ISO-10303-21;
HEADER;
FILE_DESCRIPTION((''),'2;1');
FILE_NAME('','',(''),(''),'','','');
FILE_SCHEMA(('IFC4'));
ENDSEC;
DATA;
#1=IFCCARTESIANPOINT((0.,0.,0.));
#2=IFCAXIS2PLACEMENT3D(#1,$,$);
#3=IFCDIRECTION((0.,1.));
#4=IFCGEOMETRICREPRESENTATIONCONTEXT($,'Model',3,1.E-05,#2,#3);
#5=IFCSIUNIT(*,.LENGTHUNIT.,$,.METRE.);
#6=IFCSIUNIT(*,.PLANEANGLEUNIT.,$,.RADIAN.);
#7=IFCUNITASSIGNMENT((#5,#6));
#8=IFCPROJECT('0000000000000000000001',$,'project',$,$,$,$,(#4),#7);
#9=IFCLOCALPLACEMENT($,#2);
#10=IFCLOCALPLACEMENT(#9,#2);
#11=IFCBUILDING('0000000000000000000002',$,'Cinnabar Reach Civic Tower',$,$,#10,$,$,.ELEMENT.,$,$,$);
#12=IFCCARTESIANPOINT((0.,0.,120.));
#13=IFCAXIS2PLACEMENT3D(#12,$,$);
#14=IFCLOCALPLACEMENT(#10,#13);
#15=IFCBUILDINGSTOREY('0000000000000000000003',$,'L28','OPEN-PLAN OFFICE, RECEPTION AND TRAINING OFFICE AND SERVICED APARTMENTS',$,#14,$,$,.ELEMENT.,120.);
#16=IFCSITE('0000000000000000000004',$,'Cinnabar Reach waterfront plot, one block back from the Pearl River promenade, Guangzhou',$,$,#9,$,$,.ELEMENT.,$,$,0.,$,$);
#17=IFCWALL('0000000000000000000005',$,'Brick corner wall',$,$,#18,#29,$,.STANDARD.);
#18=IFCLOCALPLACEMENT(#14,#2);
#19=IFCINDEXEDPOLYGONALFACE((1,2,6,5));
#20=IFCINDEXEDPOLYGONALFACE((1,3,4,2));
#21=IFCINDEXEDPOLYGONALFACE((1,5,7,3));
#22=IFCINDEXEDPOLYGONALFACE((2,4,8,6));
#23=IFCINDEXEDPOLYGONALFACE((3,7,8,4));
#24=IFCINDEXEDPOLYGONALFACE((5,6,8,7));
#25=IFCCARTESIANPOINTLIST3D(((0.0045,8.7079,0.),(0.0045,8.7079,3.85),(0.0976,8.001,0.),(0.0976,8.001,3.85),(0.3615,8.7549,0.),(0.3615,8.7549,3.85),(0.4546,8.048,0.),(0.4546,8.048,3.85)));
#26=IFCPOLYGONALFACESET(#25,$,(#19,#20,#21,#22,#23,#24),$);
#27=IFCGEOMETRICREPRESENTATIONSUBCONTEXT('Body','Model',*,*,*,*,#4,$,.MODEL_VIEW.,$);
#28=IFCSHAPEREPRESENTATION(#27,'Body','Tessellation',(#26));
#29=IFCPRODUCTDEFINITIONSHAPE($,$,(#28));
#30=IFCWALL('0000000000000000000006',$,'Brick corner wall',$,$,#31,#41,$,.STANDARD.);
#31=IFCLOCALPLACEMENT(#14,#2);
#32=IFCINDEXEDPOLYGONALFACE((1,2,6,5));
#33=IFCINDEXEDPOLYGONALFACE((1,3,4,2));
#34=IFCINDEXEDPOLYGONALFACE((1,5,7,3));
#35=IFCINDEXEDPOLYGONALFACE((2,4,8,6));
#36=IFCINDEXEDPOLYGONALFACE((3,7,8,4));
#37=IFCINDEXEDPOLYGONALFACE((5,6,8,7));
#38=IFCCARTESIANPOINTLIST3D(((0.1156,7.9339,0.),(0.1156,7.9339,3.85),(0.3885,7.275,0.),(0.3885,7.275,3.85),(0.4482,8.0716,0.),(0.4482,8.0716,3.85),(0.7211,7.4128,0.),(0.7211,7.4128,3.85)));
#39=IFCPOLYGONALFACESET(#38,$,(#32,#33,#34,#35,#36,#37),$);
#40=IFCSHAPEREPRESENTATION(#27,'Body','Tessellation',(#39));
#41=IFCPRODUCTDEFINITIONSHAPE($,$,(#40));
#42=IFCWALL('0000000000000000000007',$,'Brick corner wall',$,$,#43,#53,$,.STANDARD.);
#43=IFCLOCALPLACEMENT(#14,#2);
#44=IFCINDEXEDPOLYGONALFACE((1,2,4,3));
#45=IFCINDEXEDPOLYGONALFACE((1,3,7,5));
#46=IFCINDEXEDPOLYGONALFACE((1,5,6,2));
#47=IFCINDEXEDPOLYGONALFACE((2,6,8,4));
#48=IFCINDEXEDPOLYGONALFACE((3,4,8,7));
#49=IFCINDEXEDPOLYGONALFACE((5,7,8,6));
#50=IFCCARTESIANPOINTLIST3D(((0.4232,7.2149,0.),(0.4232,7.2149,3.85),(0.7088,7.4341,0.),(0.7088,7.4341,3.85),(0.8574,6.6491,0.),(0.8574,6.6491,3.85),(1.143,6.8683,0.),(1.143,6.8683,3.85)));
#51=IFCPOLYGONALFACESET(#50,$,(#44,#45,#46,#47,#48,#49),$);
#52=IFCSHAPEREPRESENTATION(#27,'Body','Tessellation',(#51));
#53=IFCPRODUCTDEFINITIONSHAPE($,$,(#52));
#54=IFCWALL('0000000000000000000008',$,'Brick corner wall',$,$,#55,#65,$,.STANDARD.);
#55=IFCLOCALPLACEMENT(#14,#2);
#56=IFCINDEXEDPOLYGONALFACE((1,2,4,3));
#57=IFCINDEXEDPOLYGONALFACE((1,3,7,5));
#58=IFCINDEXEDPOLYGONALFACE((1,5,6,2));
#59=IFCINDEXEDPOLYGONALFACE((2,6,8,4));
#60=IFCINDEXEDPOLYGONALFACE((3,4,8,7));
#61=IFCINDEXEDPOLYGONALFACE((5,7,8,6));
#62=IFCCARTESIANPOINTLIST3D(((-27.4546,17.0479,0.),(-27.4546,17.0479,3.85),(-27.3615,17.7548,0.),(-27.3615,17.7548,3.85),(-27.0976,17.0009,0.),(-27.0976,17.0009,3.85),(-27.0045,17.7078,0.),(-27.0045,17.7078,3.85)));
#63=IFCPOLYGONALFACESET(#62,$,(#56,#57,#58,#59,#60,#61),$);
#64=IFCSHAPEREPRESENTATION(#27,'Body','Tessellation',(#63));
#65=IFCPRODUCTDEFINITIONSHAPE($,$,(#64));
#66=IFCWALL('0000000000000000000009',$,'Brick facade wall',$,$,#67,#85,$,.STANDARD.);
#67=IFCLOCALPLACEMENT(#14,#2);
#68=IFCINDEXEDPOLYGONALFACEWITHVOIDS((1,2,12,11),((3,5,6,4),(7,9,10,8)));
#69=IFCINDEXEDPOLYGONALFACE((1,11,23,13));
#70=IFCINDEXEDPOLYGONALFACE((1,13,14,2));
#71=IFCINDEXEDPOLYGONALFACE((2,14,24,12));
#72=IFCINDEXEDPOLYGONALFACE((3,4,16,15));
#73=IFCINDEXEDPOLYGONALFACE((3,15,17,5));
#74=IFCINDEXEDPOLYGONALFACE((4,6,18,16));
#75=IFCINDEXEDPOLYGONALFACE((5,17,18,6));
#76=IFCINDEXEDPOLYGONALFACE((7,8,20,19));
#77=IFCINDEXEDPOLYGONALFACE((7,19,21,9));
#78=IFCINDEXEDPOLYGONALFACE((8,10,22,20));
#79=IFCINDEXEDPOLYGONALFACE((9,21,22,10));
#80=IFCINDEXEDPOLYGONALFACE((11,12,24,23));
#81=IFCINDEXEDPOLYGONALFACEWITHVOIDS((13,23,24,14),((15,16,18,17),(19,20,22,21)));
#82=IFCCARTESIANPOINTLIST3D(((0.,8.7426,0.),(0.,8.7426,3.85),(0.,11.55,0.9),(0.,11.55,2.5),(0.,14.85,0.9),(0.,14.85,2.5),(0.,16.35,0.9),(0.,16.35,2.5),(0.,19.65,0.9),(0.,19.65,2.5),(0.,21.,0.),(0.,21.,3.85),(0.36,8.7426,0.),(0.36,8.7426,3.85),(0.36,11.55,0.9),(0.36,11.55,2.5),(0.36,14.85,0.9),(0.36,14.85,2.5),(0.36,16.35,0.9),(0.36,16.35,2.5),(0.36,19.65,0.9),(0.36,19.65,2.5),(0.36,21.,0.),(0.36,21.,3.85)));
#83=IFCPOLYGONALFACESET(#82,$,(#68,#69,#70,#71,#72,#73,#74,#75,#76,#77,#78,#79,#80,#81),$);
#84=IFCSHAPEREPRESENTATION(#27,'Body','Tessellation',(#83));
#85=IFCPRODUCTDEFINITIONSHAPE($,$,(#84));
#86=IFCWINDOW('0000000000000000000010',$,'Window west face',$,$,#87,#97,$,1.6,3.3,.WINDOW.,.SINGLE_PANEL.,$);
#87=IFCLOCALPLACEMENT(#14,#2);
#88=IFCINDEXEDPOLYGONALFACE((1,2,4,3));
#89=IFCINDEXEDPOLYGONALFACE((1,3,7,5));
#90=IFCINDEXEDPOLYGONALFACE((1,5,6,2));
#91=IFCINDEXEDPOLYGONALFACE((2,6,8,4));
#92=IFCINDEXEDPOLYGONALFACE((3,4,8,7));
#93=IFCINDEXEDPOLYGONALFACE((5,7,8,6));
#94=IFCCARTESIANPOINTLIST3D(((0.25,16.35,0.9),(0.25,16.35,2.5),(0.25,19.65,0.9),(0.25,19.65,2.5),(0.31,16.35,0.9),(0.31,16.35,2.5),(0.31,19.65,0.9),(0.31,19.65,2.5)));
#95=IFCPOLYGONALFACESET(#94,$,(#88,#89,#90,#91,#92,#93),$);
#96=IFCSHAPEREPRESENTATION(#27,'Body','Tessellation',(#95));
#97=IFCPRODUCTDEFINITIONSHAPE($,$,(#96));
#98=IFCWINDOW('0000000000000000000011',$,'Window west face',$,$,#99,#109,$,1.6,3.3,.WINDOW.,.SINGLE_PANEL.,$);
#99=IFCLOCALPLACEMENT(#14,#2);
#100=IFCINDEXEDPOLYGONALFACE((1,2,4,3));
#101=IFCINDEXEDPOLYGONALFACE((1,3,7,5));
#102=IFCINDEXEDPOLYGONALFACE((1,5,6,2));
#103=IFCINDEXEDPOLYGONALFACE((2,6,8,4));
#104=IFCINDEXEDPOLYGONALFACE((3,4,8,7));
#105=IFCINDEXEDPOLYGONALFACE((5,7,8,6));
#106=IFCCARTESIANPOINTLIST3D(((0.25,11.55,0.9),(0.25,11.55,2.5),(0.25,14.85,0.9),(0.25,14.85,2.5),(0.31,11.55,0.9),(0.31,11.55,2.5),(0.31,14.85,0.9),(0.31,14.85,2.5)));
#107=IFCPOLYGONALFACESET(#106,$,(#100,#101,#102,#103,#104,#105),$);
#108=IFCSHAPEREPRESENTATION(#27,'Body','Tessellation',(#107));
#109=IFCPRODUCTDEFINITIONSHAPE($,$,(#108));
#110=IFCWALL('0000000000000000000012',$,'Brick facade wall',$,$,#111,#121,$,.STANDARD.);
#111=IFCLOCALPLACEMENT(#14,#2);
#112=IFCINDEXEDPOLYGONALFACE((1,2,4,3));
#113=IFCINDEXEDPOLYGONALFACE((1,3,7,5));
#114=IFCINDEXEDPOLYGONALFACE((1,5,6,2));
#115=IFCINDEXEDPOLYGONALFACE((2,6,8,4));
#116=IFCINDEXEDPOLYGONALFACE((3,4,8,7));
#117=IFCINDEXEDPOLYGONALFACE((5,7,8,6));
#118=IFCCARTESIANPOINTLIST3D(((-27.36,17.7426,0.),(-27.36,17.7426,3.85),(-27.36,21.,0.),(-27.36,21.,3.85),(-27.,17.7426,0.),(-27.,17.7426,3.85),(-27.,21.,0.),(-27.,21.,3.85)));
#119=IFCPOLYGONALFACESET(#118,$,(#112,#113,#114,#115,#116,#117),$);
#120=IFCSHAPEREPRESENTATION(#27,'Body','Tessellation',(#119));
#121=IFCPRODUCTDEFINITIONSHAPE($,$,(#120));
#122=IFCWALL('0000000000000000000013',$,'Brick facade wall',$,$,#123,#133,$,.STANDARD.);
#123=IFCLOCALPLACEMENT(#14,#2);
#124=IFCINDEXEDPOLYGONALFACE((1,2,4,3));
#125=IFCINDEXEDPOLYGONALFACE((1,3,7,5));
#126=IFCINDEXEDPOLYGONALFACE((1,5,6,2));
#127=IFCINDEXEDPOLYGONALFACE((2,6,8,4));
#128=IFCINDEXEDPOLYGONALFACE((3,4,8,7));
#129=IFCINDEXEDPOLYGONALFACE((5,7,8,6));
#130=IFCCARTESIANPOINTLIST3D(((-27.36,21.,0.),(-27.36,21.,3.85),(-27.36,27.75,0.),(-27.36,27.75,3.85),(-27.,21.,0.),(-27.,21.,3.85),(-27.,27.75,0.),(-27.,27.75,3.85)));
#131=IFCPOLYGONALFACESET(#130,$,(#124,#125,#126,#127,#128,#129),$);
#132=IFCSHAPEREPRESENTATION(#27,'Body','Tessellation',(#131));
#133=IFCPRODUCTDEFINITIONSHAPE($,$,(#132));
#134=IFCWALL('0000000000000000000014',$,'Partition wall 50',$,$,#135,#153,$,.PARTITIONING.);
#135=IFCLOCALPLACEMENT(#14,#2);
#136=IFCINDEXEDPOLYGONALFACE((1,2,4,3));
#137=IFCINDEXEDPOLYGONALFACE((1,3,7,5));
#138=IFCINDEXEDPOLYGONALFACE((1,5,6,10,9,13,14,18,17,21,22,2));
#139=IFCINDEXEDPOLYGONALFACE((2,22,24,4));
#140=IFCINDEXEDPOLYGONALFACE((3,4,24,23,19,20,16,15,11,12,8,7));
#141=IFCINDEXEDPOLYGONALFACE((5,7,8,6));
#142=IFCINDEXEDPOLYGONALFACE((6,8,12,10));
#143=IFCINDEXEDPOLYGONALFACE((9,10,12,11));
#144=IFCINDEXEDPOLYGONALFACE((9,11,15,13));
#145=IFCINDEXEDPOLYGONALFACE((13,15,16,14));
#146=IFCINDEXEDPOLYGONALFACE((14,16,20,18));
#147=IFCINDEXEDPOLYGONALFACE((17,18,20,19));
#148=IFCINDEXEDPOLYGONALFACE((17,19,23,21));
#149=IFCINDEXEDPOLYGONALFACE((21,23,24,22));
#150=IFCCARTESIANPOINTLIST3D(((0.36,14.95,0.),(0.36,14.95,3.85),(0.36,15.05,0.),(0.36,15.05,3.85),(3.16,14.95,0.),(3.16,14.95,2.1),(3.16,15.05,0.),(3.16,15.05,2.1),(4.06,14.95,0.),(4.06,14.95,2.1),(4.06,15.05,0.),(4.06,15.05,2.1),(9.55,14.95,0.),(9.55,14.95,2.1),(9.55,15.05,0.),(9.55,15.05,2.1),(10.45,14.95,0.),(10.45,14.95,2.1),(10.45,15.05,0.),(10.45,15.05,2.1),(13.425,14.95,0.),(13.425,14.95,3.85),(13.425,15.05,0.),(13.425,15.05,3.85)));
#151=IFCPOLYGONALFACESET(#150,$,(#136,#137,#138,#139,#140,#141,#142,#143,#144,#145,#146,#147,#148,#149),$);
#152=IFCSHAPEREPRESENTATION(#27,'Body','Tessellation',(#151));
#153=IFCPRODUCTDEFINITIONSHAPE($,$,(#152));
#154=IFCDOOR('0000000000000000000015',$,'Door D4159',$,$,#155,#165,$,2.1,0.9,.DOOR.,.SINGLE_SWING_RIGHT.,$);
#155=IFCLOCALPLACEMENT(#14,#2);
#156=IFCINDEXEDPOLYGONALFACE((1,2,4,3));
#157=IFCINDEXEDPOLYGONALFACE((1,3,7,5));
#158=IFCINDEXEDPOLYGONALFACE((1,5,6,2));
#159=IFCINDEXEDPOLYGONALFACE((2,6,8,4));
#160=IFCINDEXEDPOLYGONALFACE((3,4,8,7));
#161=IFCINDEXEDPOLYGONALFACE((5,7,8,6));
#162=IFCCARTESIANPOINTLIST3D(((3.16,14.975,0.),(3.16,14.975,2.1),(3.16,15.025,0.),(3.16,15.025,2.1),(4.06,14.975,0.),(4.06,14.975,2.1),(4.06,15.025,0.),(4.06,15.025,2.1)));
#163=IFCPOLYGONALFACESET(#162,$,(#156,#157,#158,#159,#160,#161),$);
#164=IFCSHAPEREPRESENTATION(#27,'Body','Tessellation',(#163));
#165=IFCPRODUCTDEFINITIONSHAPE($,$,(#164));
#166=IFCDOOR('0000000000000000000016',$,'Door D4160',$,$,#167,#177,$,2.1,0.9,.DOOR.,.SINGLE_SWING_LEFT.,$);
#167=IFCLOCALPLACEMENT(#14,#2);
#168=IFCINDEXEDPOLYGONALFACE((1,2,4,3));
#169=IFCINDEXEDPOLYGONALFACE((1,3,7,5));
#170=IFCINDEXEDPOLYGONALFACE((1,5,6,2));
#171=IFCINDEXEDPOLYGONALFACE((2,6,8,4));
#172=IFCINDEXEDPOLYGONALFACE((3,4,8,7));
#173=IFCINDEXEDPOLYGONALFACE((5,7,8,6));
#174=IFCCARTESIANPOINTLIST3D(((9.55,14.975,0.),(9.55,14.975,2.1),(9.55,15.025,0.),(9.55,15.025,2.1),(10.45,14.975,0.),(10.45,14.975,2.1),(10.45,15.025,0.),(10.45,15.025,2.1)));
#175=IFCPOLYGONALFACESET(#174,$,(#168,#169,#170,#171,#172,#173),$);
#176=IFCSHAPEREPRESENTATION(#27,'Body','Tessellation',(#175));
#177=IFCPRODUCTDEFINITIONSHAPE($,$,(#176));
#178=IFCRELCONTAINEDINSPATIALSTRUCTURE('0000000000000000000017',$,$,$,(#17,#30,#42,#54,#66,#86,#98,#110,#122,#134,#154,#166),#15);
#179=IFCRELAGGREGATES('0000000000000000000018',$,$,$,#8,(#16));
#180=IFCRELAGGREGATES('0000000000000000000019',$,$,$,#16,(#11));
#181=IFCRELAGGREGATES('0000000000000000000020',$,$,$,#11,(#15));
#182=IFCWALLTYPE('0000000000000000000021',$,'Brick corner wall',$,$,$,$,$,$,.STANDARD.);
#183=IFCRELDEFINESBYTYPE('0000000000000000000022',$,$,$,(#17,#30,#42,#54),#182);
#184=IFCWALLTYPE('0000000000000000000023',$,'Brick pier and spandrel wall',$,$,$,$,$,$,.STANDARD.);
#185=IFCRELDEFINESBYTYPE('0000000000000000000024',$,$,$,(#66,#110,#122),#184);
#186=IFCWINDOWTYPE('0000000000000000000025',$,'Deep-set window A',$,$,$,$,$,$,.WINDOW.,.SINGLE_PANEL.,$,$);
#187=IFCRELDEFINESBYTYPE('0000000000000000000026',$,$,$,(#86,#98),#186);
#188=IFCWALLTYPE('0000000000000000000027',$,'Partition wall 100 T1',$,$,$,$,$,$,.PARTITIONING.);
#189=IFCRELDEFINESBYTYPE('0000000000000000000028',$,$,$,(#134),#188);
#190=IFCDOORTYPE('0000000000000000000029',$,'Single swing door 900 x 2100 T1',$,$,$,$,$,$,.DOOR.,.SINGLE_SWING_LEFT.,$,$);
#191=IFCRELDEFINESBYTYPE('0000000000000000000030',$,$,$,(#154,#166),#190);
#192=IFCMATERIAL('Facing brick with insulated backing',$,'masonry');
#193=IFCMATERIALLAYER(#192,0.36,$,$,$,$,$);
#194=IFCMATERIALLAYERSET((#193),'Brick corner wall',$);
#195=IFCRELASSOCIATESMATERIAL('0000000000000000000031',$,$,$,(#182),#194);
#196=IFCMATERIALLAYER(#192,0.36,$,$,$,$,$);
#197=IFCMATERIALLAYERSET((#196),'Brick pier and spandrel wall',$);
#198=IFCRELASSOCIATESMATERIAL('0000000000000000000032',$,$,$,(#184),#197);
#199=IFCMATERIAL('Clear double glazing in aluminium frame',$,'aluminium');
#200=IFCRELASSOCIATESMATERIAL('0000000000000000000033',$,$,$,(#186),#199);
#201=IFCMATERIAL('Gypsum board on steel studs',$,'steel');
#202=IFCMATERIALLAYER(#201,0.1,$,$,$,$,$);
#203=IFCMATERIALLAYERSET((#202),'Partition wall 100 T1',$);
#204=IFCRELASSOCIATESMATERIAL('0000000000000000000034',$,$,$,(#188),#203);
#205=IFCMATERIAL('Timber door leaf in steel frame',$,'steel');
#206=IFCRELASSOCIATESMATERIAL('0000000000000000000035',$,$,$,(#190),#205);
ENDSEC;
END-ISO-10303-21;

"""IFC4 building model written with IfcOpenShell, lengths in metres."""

from ifc_helpers import new_model, si_unit, direction, frame, frame_2d, origin, place, context, subcontext, project, spatial, rectangle, extrude, material, layer, layer_set, type_object, element, fill, save


model = new_model("IFC4")

# Units and contexts
model_context = context("Model", 3, precision=1e-05, world=origin(), true_north=direction((0.0, 1.0)))
body_context = subcontext(model_context, "Body", "Model", "MODEL_VIEW")
ifc_project = project(units=[si_unit("LENGTHUNIT", "METRE"), si_unit("PLANEANGLEUNIT", "RADIAN")], contexts=[model_context])

# Site, building, storey
site_placement = place(None, origin())
site = spatial("IfcSite", under=ifc_project, at=site_placement, Name="Cinnabar Reach waterfront plot, one block back from the Pearl River promenade, Guangzhou", CompositionType="ELEMENT", RefElevation=0.0)
building_placement = place(site_placement, origin())
building = spatial("IfcBuilding", under=site, at=building_placement, Name="Cinnabar Reach Civic Tower", CompositionType="ELEMENT")
storey_placement = place(building_placement, frame((0.0, 0.0, 120.0)))
storey = spatial("IfcBuildingStorey", under=building, at=storey_placement, Name="L28", Description="OPEN-PLAN OFFICE, RECEPTION AND TRAINING OFFICE AND SERVICED APARTMENTS", CompositionType="ELEMENT", Elevation=120.0)

# Walls
ifc_material_1 = material(Name="Facing brick with insulated backing", Category="masonry")
ifc_layer_1 = layer(ifc_material_1, 0.36)
ifc_layer_set_1 = layer_set([ifc_layer_1], Name="Brick corner wall")
wall_type_1 = type_object("IfcWallType", Name="Brick corner wall", PredefinedType="STANDARD", material=ifc_layer_set_1)
for number, where, z_axis, x_axis, name in (
    (1, (0.183, 8.7314, 0.0), (0.0, 0.0, 1.0), (0.130556, -0.991441, 0.0), "Brick corner wall"),
    (2, (0.2819, 8.0027, 0.0), (0.0, 0.0, 1.0), (0.382703, -0.923872, 0.0), "Brick corner wall"),
):
    element("IfcWall", number, at=place(storey_placement, frame(where, z_axis=z_axis, x_axis=x_axis)), inside=storey, type_object=wall_type_1, Name=name, PredefinedType="STANDARD", context=body_context, shape_type="SweptSolid", body=[
        extrude(rectangle(XDim=0.7131, YDim=0.36, at=frame_2d((0.3565, 0.0))), origin(), (0.0, 0.0, 1.0), 3.85),
    ])
wall_1_placement = place(storey_placement, frame((0.566, 7.3245, 0.0), z_axis=(0.0, 0.0, 1.0), x_axis=(0.608802, -0.793322, 0.0)))
element("IfcWall", 3, at=wall_1_placement, inside=storey, type_object=wall_type_1, Name="Brick corner wall", PredefinedType="STANDARD", context=body_context, shape_type="SweptSolid", body=[
    extrude(rectangle(XDim=0.7132, YDim=0.36, at=frame_2d((0.3566, 0.0))), origin(), (0.0, 0.0, 1.0), 3.85),
])
wall_2_placement = place(storey_placement, frame((-27.2761, 17.0244, 0.0), z_axis=(0.0, 0.0, 1.0), x_axis=(0.130556, 0.991441, 0.0)))
element("IfcWall", 4, at=wall_2_placement, inside=storey, type_object=wall_type_1, Name="Brick corner wall", PredefinedType="STANDARD", context=body_context, shape_type="SweptSolid", body=[
    extrude(rectangle(XDim=0.7131, YDim=0.36, at=frame_2d((0.3565, 0.0))), origin(), (0.0, 0.0, 1.0), 3.85),
])

# Wall, openings, windows
ifc_layer_2 = layer(ifc_material_1, 0.36)
ifc_layer_set_2 = layer_set([ifc_layer_2], Name="Brick pier and spandrel wall")
wall_type_2 = type_object("IfcWallType", Name="Brick pier and spandrel wall", PredefinedType="STANDARD", material=ifc_layer_set_2)
wall_3_placement = place(storey_placement, frame((0.18, 21.0, 0.0), z_axis=(0.0, 0.0, 1.0), x_axis=(0.0, -1.0, 0.0)))
wall_3 = element("IfcWall", 5, at=wall_3_placement, inside=storey, type_object=wall_type_2, Name="Brick facade wall", PredefinedType="STANDARD", context=body_context, shape_type="SweptSolid", body=[
    extrude(rectangle(XDim=12.2574, YDim=0.36, at=frame_2d((6.1287, 0.0))), origin(), (0.0, 0.0, 1.0), 3.85),
])
opening_1_placement = place(wall_3_placement, frame((1.35, 0.0, 0.9)))
opening_1 = element("IfcOpeningElement", 6, at=opening_1_placement, cuts=wall_3, PredefinedType="OPENING", context=body_context, shape_type="SweptSolid", body=[
    extrude(rectangle(XDim=3.3, YDim=1.6, at=frame_2d((1.65, 0.8))), frame((0.0, 0.19, 0.0), z_axis=(0.0, -1.0, 0.0), x_axis=(1.0, 0.0, 0.0)), (0.0, 0.0, 1.0), 0.38),
])
opening_2_placement = place(wall_3_placement, frame((6.15, 0.0, 0.9)))
opening_2 = element("IfcOpeningElement", 7, at=opening_2_placement, cuts=wall_3, PredefinedType="OPENING", context=body_context, shape_type="SweptSolid", body=[
    extrude(rectangle(XDim=3.3, YDim=1.6, at=frame_2d((1.65, 0.8))), frame((0.0, 0.19, 0.0), z_axis=(0.0, -1.0, 0.0), x_axis=(1.0, 0.0, 0.0)), (0.0, 0.0, 1.0), 0.38),
])
ifc_material_2 = material(Name="Clear double glazing in aluminium frame", Category="aluminium")
window_type = type_object("IfcWindowType", Name="Deep-set window A", PartitioningType="SINGLE_PANEL", PredefinedType="WINDOW", material=ifc_material_2)
window_1_placement = place(opening_1_placement, origin())
window_1 = element("IfcWindow", 8, at=window_1_placement, inside=storey, type_object=window_type, Name="Window west face", OverallHeight=1.6, OverallWidth=3.3, PartitioningType="SINGLE_PANEL", PredefinedType="WINDOW", context=body_context, shape_type="SweptSolid", body=[
    extrude(rectangle(XDim=3.3, YDim=1.6, at=frame_2d((1.65, 0.8))), frame((0.0, 0.13, 0.0), z_axis=(0.0, -1.0, 0.0), x_axis=(1.0, 0.0, 0.0)), (0.0, 0.0, 1.0), 0.06),
])
fill(opening_1, window_1)
window_2_placement = place(opening_2_placement, origin())
window_2 = element("IfcWindow", 9, at=window_2_placement, inside=storey, type_object=window_type, Name="Window west face", OverallHeight=1.6, OverallWidth=3.3, PartitioningType="SINGLE_PANEL", PredefinedType="WINDOW", context=body_context, shape_type="SweptSolid", body=[
    extrude(rectangle(XDim=3.3, YDim=1.6, at=frame_2d((1.65, 0.8))), frame((0.0, 0.13, 0.0), z_axis=(0.0, -1.0, 0.0), x_axis=(1.0, 0.0, 0.0)), (0.0, 0.0, 1.0), 0.06),
])
fill(opening_2, window_2)

# Walls
wall_4_placement = place(storey_placement, frame((-27.18, 17.7426, 0.0), z_axis=(0.0, 0.0, 1.0), x_axis=(0.0, 1.0, 0.0)))
element("IfcWall", 10, at=wall_4_placement, inside=storey, type_object=wall_type_2, Name="Brick facade wall", PredefinedType="STANDARD", context=body_context, shape_type="SweptSolid", body=[
    extrude(rectangle(XDim=3.2574, YDim=0.36, at=frame_2d((1.6287, 0.0))), origin(), (0.0, 0.0, 1.0), 3.85),
])
wall_5_placement = place(storey_placement, frame((-27.18, 21.0, 0.0), z_axis=(0.0, 0.0, 1.0), x_axis=(0.0, 1.0, 0.0)))
element("IfcWall", 11, at=wall_5_placement, inside=storey, type_object=wall_type_2, Name="Brick facade wall", PredefinedType="STANDARD", context=body_context, shape_type="SweptSolid", body=[
    extrude(rectangle(XDim=6.75, YDim=0.36, at=frame_2d((3.375, 0.0))), origin(), (0.0, 0.0, 1.0), 3.85),
])

# Wall, openings, doors
ifc_material_3 = material(Name="Gypsum board on steel studs", Category="steel")
ifc_layer_3 = layer(ifc_material_3, 0.1)
ifc_layer_set_3 = layer_set([ifc_layer_3], Name="Partition wall 100 T1")
wall_type_3 = type_object("IfcWallType", Name="Partition wall 100 T1", PredefinedType="PARTITIONING", material=ifc_layer_set_3)
wall_6_placement = place(storey_placement, frame((0.36, 15.0, 0.0), z_axis=(0.0, 0.0, 1.0), x_axis=(1.0, 0.0, 0.0)))
wall_6 = element("IfcWall", 12, at=wall_6_placement, inside=storey, type_object=wall_type_3, Name="Partition wall 50", PredefinedType="PARTITIONING", context=body_context, shape_type="SweptSolid", body=[
    extrude(rectangle(XDim=13.065, YDim=0.1, at=frame_2d((6.5325, 0.0))), origin(), (0.0, 0.0, 1.0), 3.85),
])
opening_3_placement = place(wall_6_placement, frame((2.8, 0.0, 0.0)))
opening_3 = element("IfcOpeningElement", 13, at=opening_3_placement, cuts=wall_6, PredefinedType="OPENING", context=body_context, shape_type="SweptSolid", body=[
    extrude(rectangle(XDim=0.9, YDim=2.1, at=frame_2d((0.45, 1.05))), frame((0.0, 0.06, 0.0), z_axis=(0.0, -1.0, 0.0), x_axis=(1.0, 0.0, 0.0)), (0.0, 0.0, 1.0), 0.12),
])
opening_4_placement = place(wall_6_placement, frame((9.19, 0.0, 0.0)))
opening_4 = element("IfcOpeningElement", 14, at=opening_4_placement, cuts=wall_6, PredefinedType="OPENING", context=body_context, shape_type="SweptSolid", body=[
    extrude(rectangle(XDim=0.9, YDim=2.1, at=frame_2d((0.45, 1.05))), frame((0.0, 0.06, 0.0), z_axis=(0.0, -1.0, 0.0), x_axis=(1.0, 0.0, 0.0)), (0.0, 0.0, 1.0), 0.12),
])
ifc_material_4 = material(Name="Timber door leaf in steel frame", Category="steel")
door_type = type_object("IfcDoorType", Name="Single swing door 900 x 2100 T1", OperationType="SINGLE_SWING_LEFT", PredefinedType="DOOR", material=ifc_material_4)
door_1_placement = place(opening_3_placement, origin())
door_1 = element("IfcDoor", 15, at=door_1_placement, inside=storey, type_object=door_type, Name="Door D4159", OperationType="SINGLE_SWING_RIGHT", OverallHeight=2.1, OverallWidth=0.9, PredefinedType="DOOR", context=body_context, shape_type="SweptSolid", body=[
    extrude(rectangle(XDim=0.9, YDim=2.1, at=frame_2d((0.45, 1.05))), frame((0.0, 0.025, 0.0), z_axis=(0.0, -1.0, 0.0), x_axis=(1.0, 0.0, 0.0)), (0.0, 0.0, 1.0), 0.05),
])
fill(opening_3, door_1)
door_2_placement = place(opening_4_placement, origin())
door_2 = element("IfcDoor", 16, at=door_2_placement, inside=storey, type_object=door_type, Name="Door D4160", OperationType="SINGLE_SWING_LEFT", OverallHeight=2.1, OverallWidth=0.9, PredefinedType="DOOR", context=body_context, shape_type="SweptSolid", body=[
    extrude(rectangle(XDim=0.9, YDim=2.1, at=frame_2d((0.45, 1.05))), frame((0.0, 0.025, 0.0), z_axis=(0.0, -1.0, 0.0), x_axis=(1.0, 0.0, 0.0)), (0.0, 0.0, 1.0), 0.05),
])
fill(opening_4, door_2)

save(model, "model.ifc")
